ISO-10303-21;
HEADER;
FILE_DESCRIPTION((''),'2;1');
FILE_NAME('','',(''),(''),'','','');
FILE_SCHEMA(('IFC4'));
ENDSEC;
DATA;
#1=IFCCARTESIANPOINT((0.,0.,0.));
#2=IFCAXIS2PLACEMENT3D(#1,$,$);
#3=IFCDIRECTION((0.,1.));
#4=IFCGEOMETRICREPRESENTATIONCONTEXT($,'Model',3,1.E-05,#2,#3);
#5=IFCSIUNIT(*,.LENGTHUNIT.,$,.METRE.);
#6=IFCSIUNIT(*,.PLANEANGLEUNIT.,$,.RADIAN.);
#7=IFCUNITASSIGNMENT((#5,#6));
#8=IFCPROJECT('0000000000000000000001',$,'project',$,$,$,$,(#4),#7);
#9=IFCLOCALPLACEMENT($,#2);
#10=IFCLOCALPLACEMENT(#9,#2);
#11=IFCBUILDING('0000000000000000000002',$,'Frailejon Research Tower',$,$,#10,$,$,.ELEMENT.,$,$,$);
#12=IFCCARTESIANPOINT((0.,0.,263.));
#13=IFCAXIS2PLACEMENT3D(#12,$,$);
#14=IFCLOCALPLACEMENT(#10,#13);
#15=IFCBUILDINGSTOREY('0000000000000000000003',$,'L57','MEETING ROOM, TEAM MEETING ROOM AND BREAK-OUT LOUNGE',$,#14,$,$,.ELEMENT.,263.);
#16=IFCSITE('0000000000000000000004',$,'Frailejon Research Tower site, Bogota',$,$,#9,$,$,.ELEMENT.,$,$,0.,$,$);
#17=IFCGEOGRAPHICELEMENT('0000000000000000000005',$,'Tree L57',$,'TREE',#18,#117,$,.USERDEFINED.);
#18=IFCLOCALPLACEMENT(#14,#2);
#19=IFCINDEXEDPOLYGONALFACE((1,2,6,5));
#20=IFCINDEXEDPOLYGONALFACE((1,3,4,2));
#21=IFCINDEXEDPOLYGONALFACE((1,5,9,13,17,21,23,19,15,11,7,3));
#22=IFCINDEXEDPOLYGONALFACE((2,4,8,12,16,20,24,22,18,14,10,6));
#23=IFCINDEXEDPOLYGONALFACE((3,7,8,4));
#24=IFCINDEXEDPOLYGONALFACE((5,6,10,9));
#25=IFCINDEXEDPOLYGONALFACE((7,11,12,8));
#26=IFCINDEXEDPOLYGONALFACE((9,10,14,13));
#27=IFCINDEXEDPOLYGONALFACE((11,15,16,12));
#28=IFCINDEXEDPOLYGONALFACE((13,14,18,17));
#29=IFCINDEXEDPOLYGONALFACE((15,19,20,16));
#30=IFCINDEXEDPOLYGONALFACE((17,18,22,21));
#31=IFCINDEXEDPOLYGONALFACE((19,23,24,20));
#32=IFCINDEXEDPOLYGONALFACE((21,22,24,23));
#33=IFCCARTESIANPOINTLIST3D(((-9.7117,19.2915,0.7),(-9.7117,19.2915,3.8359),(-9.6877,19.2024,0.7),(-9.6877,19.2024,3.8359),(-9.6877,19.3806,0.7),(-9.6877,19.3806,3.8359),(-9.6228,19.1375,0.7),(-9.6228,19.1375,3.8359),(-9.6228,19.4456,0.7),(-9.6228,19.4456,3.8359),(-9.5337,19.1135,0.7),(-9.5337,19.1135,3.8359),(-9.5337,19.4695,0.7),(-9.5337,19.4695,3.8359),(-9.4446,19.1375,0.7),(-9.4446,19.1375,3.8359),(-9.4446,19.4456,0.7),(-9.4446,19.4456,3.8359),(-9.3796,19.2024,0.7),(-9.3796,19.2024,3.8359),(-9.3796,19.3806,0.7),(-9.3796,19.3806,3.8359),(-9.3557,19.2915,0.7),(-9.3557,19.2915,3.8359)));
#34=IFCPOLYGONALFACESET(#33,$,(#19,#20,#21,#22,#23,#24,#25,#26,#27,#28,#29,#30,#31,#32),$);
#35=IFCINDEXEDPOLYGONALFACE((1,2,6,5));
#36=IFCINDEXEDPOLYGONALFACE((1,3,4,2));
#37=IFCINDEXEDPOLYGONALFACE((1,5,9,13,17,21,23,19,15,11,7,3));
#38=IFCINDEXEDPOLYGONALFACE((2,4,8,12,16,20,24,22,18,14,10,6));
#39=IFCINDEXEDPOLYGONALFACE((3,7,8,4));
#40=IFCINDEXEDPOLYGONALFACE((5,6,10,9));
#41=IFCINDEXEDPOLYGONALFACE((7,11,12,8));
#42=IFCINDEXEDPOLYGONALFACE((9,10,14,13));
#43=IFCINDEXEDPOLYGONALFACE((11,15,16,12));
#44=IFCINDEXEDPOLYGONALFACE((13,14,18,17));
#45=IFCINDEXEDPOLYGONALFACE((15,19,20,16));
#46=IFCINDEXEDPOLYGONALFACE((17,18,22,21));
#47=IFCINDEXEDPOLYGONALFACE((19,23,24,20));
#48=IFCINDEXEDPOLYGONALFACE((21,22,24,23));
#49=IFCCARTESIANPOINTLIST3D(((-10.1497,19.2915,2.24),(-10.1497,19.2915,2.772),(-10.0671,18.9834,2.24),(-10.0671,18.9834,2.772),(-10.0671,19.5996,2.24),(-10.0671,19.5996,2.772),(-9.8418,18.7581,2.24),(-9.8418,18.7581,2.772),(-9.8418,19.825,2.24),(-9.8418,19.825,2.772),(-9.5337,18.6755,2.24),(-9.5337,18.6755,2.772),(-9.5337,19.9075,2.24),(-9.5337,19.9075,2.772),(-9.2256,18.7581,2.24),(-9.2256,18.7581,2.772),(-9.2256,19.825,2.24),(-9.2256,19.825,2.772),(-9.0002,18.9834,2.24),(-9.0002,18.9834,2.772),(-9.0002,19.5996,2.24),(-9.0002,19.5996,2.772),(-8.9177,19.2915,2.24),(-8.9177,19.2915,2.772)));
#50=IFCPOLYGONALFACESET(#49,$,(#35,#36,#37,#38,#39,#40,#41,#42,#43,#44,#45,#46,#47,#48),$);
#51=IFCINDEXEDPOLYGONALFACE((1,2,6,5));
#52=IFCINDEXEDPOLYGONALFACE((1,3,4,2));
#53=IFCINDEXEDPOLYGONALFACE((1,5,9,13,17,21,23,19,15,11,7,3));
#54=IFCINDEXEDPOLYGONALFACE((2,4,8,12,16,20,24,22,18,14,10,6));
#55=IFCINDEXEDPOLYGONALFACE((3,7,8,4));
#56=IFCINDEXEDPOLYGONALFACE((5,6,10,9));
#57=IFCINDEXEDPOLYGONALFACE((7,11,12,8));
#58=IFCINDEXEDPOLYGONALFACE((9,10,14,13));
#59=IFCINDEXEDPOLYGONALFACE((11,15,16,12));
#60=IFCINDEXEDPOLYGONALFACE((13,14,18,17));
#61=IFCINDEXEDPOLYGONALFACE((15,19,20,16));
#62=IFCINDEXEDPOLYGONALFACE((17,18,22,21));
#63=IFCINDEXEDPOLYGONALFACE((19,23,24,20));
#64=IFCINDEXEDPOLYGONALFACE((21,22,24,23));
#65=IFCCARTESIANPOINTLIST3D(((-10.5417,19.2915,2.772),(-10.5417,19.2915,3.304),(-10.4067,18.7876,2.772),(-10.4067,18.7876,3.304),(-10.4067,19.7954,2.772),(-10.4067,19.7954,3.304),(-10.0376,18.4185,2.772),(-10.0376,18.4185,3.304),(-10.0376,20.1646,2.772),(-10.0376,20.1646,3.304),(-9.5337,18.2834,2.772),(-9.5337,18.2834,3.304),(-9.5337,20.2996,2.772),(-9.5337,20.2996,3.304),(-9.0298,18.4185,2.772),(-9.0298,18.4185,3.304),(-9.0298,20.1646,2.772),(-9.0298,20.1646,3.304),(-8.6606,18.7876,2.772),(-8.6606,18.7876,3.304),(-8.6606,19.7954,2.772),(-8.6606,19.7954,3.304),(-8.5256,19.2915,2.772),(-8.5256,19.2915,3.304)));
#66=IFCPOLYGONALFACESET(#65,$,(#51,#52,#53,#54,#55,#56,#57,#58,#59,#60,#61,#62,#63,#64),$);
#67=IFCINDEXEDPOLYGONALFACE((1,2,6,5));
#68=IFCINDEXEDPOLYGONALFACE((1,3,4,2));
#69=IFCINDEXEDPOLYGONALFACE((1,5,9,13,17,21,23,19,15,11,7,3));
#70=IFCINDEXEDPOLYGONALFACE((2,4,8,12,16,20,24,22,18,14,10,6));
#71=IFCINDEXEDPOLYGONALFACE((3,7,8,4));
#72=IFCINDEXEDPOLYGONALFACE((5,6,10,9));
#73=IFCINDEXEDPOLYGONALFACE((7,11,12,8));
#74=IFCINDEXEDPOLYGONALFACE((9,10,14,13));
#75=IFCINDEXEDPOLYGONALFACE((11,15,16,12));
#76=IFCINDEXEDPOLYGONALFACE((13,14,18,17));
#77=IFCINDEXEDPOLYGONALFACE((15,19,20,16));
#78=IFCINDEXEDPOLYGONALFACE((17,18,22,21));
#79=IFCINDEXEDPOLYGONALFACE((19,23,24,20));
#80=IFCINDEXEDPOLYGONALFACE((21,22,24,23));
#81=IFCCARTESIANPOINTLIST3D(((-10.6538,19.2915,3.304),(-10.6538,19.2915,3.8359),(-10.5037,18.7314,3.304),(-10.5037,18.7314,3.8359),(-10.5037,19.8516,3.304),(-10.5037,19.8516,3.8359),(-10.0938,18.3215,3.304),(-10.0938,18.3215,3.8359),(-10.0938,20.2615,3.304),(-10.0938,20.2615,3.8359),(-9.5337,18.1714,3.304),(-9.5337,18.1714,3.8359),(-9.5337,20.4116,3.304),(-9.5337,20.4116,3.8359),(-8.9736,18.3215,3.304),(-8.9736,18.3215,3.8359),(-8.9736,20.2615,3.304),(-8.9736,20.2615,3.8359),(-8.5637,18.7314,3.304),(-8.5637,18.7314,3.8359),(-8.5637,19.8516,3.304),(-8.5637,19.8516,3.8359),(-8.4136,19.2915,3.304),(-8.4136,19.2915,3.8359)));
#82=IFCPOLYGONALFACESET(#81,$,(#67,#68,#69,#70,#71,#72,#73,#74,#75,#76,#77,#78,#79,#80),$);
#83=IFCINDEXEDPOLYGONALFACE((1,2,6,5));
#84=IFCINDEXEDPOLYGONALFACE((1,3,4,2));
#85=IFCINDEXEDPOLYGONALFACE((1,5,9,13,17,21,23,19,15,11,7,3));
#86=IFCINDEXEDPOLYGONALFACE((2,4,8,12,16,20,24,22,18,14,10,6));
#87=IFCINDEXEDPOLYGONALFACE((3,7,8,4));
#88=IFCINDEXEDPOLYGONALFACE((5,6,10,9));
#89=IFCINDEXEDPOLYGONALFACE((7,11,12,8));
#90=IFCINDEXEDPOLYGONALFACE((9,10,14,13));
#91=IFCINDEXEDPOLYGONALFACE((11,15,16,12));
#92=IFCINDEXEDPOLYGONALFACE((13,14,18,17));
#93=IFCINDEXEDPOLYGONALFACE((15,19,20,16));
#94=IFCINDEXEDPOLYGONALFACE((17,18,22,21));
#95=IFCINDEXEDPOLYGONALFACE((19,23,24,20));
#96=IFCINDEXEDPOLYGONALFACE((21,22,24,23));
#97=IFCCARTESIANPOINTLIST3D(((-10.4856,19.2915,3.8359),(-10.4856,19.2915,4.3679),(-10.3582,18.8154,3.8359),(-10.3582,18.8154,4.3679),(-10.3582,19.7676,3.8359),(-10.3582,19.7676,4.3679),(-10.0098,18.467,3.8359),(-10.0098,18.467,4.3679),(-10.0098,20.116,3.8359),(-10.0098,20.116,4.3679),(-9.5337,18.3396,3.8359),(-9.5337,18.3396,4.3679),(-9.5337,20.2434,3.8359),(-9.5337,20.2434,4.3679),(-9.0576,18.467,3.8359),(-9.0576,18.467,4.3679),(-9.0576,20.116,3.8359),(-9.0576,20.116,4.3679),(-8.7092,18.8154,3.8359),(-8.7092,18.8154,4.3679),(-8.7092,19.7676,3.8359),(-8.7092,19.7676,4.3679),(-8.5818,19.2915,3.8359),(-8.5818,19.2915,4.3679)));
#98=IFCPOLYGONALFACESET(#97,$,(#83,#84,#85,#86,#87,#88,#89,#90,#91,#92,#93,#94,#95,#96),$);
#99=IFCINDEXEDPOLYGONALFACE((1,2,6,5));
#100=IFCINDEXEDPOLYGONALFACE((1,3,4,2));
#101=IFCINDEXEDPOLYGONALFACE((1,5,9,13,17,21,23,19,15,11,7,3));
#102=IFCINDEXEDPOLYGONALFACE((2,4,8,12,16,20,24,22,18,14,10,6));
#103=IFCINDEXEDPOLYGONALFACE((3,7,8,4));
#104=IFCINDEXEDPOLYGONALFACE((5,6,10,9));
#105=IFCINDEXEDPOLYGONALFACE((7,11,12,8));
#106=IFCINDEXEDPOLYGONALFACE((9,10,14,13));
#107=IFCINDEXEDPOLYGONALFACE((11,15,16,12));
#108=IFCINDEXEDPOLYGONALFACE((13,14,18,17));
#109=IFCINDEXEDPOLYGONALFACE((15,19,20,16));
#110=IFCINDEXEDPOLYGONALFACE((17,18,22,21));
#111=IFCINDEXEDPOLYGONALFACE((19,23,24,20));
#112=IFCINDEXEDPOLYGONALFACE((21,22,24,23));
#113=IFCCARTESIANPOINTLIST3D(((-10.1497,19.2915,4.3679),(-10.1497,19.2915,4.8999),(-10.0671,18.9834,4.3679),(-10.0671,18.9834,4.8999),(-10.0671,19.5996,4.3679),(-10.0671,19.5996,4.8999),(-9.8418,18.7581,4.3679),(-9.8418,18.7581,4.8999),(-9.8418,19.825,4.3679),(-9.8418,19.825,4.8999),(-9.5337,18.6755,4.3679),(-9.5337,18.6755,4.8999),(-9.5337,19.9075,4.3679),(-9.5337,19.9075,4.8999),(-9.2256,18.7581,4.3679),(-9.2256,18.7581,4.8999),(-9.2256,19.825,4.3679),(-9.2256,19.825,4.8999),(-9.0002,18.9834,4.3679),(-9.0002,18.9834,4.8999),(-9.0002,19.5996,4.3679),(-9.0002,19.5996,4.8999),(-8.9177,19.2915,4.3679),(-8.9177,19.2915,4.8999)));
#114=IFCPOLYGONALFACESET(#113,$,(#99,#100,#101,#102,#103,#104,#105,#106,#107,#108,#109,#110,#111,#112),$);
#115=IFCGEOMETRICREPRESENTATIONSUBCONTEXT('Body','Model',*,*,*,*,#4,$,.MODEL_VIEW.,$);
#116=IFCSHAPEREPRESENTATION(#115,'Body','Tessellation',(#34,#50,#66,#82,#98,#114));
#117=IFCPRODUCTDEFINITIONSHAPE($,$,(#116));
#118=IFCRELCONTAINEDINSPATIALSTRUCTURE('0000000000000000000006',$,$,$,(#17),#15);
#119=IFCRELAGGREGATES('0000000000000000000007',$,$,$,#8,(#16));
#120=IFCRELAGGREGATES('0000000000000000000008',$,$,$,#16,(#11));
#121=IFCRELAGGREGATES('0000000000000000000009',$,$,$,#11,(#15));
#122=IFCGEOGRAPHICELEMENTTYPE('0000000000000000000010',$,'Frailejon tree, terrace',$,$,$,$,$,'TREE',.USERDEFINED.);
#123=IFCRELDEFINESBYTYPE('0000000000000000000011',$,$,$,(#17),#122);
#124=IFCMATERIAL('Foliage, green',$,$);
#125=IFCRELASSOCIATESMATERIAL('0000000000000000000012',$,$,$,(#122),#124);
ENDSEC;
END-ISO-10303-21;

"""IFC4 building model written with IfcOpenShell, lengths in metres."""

from ifc_helpers import new_model, si_unit, direction, frame, origin, place, context, subcontext, project, spatial, polyline, outline, extrude, material, type_object, element, save


model = new_model("IFC4")

# Units and contexts
model_context = context("Model", 3, precision=1e-05, world=origin(), true_north=direction((0.0, 1.0)))
body_context = subcontext(model_context, "Body", "Model", "MODEL_VIEW")
ifc_project = project(units=[si_unit("LENGTHUNIT", "METRE"), si_unit("PLANEANGLEUNIT", "RADIAN")], contexts=[model_context])

# Site, building, storey
site_placement = place(None, origin())
site = spatial("IfcSite", under=ifc_project, at=site_placement, Name="Frailejon Research Tower site, Bogota", CompositionType="ELEMENT", RefElevation=0.0)
building_placement = place(site_placement, origin())
building = spatial("IfcBuilding", under=site, at=building_placement, Name="Frailejon Research Tower", CompositionType="ELEMENT")
storey_placement = place(building_placement, frame((0.0, 0.0, 263.0)))
storey = spatial("IfcBuildingStorey", under=building, at=storey_placement, Name="L57", Description="MEETING ROOM, TEAM MEETING ROOM AND BREAK-OUT LOUNGE", CompositionType="ELEMENT", Elevation=263.0)

# Geographic element
ifc_material_1 = material(Name="Foliage, green")
geographic_element_type = type_object("IfcGeographicElementType", Name="Frailejon tree, terrace", ElementType="TREE", PredefinedType="USERDEFINED", material=ifc_material_1)
geographic_element_placement = place(storey_placement, frame((-9.5337, 19.2915, 0.7)))
element("IfcGeographicElement", 1, at=geographic_element_placement, inside=storey, type_object=geographic_element_type, Name="Tree L57", ObjectType="TREE", PredefinedType="USERDEFINED", context=body_context, shape_type="SweptSolid", body=[
    extrude(outline(polyline([(0.178, 0.0), (0.1541, 0.0891), (0.0891, 0.1541), (0.0, 0.178), (-0.0891, 0.1541), (-0.1541, 0.0891), (-0.178, 0.0), (-0.1541, -0.0891), (-0.0891, -0.1541), (0.0, -0.178), (0.0891, -0.1541), (0.1541, -0.0891), (0.178, 0.0)])), origin(), (0.0, 0.0, 1.0), 3.136),
    extrude(outline(polyline([(0.616, 0.0), (0.5334, 0.3081), (0.3081, 0.5334), (0.0, 0.616), (-0.3081, 0.5334), (-0.5334, 0.3081), (-0.616, 0.0), (-0.5334, -0.3081), (-0.3081, -0.5334), (0.0, -0.616), (0.3081, -0.5334), (0.5334, -0.3081), (0.616, 0.0)])), frame((0.0, 0.0, 1.54)), (0.0, 0.0, 1.0), 0.532),
    extrude(outline(polyline([(1.0081, 0.0), (0.873, 0.5039), (0.5039, 0.873), (0.0, 1.0081), (-0.5039, 0.873), (-0.873, 0.5039), (-1.0081, 0.0), (-0.873, -0.5039), (-0.5039, -0.873), (0.0, -1.0081), (0.5039, -0.873), (0.873, -0.5039), (1.0081, 0.0)])), frame((0.0, 0.0, 2.072)), (0.0, 0.0, 1.0), 0.532),
    extrude(outline(polyline([(1.1201, 0.0), (0.97, 0.5601), (0.5601, 0.97), (0.0, 1.1201), (-0.5601, 0.97), (-0.97, 0.5601), (-1.1201, 0.0), (-0.97, -0.5601), (-0.5601, -0.97), (0.0, -1.1201), (0.5601, -0.97), (0.97, -0.5601), (1.1201, 0.0)])), frame((0.0, 0.0, 2.604)), (0.0, 0.0, 1.0), 0.532),
    extrude(outline(polyline([(0.9519, 0.0), (0.8245, 0.4761), (0.4761, 0.8245), (0.0, 0.9519), (-0.4761, 0.8245), (-0.8245, 0.4761), (-0.9519, 0.0), (-0.8245, -0.4761), (-0.4761, -0.8245), (0.0, -0.9519), (0.4761, -0.8245), (0.8245, -0.4761), (0.9519, 0.0)])), frame((0.0, 0.0, 3.136)), (0.0, 0.0, 1.0), 0.532),
    extrude(outline(polyline([(0.616, 0.0), (0.5334, 0.3081), (0.3081, 0.5334), (0.0, 0.616), (-0.3081, 0.5334), (-0.5334, 0.3081), (-0.616, 0.0), (-0.5334, -0.3081), (-0.3081, -0.5334), (0.0, -0.616), (0.3081, -0.5334), (0.5334, -0.3081), (0.616, 0.0)])), frame((0.0, 0.0, 3.668)), (0.0, 0.0, 1.0), 0.532),
])

save(model, "model.ifc")
